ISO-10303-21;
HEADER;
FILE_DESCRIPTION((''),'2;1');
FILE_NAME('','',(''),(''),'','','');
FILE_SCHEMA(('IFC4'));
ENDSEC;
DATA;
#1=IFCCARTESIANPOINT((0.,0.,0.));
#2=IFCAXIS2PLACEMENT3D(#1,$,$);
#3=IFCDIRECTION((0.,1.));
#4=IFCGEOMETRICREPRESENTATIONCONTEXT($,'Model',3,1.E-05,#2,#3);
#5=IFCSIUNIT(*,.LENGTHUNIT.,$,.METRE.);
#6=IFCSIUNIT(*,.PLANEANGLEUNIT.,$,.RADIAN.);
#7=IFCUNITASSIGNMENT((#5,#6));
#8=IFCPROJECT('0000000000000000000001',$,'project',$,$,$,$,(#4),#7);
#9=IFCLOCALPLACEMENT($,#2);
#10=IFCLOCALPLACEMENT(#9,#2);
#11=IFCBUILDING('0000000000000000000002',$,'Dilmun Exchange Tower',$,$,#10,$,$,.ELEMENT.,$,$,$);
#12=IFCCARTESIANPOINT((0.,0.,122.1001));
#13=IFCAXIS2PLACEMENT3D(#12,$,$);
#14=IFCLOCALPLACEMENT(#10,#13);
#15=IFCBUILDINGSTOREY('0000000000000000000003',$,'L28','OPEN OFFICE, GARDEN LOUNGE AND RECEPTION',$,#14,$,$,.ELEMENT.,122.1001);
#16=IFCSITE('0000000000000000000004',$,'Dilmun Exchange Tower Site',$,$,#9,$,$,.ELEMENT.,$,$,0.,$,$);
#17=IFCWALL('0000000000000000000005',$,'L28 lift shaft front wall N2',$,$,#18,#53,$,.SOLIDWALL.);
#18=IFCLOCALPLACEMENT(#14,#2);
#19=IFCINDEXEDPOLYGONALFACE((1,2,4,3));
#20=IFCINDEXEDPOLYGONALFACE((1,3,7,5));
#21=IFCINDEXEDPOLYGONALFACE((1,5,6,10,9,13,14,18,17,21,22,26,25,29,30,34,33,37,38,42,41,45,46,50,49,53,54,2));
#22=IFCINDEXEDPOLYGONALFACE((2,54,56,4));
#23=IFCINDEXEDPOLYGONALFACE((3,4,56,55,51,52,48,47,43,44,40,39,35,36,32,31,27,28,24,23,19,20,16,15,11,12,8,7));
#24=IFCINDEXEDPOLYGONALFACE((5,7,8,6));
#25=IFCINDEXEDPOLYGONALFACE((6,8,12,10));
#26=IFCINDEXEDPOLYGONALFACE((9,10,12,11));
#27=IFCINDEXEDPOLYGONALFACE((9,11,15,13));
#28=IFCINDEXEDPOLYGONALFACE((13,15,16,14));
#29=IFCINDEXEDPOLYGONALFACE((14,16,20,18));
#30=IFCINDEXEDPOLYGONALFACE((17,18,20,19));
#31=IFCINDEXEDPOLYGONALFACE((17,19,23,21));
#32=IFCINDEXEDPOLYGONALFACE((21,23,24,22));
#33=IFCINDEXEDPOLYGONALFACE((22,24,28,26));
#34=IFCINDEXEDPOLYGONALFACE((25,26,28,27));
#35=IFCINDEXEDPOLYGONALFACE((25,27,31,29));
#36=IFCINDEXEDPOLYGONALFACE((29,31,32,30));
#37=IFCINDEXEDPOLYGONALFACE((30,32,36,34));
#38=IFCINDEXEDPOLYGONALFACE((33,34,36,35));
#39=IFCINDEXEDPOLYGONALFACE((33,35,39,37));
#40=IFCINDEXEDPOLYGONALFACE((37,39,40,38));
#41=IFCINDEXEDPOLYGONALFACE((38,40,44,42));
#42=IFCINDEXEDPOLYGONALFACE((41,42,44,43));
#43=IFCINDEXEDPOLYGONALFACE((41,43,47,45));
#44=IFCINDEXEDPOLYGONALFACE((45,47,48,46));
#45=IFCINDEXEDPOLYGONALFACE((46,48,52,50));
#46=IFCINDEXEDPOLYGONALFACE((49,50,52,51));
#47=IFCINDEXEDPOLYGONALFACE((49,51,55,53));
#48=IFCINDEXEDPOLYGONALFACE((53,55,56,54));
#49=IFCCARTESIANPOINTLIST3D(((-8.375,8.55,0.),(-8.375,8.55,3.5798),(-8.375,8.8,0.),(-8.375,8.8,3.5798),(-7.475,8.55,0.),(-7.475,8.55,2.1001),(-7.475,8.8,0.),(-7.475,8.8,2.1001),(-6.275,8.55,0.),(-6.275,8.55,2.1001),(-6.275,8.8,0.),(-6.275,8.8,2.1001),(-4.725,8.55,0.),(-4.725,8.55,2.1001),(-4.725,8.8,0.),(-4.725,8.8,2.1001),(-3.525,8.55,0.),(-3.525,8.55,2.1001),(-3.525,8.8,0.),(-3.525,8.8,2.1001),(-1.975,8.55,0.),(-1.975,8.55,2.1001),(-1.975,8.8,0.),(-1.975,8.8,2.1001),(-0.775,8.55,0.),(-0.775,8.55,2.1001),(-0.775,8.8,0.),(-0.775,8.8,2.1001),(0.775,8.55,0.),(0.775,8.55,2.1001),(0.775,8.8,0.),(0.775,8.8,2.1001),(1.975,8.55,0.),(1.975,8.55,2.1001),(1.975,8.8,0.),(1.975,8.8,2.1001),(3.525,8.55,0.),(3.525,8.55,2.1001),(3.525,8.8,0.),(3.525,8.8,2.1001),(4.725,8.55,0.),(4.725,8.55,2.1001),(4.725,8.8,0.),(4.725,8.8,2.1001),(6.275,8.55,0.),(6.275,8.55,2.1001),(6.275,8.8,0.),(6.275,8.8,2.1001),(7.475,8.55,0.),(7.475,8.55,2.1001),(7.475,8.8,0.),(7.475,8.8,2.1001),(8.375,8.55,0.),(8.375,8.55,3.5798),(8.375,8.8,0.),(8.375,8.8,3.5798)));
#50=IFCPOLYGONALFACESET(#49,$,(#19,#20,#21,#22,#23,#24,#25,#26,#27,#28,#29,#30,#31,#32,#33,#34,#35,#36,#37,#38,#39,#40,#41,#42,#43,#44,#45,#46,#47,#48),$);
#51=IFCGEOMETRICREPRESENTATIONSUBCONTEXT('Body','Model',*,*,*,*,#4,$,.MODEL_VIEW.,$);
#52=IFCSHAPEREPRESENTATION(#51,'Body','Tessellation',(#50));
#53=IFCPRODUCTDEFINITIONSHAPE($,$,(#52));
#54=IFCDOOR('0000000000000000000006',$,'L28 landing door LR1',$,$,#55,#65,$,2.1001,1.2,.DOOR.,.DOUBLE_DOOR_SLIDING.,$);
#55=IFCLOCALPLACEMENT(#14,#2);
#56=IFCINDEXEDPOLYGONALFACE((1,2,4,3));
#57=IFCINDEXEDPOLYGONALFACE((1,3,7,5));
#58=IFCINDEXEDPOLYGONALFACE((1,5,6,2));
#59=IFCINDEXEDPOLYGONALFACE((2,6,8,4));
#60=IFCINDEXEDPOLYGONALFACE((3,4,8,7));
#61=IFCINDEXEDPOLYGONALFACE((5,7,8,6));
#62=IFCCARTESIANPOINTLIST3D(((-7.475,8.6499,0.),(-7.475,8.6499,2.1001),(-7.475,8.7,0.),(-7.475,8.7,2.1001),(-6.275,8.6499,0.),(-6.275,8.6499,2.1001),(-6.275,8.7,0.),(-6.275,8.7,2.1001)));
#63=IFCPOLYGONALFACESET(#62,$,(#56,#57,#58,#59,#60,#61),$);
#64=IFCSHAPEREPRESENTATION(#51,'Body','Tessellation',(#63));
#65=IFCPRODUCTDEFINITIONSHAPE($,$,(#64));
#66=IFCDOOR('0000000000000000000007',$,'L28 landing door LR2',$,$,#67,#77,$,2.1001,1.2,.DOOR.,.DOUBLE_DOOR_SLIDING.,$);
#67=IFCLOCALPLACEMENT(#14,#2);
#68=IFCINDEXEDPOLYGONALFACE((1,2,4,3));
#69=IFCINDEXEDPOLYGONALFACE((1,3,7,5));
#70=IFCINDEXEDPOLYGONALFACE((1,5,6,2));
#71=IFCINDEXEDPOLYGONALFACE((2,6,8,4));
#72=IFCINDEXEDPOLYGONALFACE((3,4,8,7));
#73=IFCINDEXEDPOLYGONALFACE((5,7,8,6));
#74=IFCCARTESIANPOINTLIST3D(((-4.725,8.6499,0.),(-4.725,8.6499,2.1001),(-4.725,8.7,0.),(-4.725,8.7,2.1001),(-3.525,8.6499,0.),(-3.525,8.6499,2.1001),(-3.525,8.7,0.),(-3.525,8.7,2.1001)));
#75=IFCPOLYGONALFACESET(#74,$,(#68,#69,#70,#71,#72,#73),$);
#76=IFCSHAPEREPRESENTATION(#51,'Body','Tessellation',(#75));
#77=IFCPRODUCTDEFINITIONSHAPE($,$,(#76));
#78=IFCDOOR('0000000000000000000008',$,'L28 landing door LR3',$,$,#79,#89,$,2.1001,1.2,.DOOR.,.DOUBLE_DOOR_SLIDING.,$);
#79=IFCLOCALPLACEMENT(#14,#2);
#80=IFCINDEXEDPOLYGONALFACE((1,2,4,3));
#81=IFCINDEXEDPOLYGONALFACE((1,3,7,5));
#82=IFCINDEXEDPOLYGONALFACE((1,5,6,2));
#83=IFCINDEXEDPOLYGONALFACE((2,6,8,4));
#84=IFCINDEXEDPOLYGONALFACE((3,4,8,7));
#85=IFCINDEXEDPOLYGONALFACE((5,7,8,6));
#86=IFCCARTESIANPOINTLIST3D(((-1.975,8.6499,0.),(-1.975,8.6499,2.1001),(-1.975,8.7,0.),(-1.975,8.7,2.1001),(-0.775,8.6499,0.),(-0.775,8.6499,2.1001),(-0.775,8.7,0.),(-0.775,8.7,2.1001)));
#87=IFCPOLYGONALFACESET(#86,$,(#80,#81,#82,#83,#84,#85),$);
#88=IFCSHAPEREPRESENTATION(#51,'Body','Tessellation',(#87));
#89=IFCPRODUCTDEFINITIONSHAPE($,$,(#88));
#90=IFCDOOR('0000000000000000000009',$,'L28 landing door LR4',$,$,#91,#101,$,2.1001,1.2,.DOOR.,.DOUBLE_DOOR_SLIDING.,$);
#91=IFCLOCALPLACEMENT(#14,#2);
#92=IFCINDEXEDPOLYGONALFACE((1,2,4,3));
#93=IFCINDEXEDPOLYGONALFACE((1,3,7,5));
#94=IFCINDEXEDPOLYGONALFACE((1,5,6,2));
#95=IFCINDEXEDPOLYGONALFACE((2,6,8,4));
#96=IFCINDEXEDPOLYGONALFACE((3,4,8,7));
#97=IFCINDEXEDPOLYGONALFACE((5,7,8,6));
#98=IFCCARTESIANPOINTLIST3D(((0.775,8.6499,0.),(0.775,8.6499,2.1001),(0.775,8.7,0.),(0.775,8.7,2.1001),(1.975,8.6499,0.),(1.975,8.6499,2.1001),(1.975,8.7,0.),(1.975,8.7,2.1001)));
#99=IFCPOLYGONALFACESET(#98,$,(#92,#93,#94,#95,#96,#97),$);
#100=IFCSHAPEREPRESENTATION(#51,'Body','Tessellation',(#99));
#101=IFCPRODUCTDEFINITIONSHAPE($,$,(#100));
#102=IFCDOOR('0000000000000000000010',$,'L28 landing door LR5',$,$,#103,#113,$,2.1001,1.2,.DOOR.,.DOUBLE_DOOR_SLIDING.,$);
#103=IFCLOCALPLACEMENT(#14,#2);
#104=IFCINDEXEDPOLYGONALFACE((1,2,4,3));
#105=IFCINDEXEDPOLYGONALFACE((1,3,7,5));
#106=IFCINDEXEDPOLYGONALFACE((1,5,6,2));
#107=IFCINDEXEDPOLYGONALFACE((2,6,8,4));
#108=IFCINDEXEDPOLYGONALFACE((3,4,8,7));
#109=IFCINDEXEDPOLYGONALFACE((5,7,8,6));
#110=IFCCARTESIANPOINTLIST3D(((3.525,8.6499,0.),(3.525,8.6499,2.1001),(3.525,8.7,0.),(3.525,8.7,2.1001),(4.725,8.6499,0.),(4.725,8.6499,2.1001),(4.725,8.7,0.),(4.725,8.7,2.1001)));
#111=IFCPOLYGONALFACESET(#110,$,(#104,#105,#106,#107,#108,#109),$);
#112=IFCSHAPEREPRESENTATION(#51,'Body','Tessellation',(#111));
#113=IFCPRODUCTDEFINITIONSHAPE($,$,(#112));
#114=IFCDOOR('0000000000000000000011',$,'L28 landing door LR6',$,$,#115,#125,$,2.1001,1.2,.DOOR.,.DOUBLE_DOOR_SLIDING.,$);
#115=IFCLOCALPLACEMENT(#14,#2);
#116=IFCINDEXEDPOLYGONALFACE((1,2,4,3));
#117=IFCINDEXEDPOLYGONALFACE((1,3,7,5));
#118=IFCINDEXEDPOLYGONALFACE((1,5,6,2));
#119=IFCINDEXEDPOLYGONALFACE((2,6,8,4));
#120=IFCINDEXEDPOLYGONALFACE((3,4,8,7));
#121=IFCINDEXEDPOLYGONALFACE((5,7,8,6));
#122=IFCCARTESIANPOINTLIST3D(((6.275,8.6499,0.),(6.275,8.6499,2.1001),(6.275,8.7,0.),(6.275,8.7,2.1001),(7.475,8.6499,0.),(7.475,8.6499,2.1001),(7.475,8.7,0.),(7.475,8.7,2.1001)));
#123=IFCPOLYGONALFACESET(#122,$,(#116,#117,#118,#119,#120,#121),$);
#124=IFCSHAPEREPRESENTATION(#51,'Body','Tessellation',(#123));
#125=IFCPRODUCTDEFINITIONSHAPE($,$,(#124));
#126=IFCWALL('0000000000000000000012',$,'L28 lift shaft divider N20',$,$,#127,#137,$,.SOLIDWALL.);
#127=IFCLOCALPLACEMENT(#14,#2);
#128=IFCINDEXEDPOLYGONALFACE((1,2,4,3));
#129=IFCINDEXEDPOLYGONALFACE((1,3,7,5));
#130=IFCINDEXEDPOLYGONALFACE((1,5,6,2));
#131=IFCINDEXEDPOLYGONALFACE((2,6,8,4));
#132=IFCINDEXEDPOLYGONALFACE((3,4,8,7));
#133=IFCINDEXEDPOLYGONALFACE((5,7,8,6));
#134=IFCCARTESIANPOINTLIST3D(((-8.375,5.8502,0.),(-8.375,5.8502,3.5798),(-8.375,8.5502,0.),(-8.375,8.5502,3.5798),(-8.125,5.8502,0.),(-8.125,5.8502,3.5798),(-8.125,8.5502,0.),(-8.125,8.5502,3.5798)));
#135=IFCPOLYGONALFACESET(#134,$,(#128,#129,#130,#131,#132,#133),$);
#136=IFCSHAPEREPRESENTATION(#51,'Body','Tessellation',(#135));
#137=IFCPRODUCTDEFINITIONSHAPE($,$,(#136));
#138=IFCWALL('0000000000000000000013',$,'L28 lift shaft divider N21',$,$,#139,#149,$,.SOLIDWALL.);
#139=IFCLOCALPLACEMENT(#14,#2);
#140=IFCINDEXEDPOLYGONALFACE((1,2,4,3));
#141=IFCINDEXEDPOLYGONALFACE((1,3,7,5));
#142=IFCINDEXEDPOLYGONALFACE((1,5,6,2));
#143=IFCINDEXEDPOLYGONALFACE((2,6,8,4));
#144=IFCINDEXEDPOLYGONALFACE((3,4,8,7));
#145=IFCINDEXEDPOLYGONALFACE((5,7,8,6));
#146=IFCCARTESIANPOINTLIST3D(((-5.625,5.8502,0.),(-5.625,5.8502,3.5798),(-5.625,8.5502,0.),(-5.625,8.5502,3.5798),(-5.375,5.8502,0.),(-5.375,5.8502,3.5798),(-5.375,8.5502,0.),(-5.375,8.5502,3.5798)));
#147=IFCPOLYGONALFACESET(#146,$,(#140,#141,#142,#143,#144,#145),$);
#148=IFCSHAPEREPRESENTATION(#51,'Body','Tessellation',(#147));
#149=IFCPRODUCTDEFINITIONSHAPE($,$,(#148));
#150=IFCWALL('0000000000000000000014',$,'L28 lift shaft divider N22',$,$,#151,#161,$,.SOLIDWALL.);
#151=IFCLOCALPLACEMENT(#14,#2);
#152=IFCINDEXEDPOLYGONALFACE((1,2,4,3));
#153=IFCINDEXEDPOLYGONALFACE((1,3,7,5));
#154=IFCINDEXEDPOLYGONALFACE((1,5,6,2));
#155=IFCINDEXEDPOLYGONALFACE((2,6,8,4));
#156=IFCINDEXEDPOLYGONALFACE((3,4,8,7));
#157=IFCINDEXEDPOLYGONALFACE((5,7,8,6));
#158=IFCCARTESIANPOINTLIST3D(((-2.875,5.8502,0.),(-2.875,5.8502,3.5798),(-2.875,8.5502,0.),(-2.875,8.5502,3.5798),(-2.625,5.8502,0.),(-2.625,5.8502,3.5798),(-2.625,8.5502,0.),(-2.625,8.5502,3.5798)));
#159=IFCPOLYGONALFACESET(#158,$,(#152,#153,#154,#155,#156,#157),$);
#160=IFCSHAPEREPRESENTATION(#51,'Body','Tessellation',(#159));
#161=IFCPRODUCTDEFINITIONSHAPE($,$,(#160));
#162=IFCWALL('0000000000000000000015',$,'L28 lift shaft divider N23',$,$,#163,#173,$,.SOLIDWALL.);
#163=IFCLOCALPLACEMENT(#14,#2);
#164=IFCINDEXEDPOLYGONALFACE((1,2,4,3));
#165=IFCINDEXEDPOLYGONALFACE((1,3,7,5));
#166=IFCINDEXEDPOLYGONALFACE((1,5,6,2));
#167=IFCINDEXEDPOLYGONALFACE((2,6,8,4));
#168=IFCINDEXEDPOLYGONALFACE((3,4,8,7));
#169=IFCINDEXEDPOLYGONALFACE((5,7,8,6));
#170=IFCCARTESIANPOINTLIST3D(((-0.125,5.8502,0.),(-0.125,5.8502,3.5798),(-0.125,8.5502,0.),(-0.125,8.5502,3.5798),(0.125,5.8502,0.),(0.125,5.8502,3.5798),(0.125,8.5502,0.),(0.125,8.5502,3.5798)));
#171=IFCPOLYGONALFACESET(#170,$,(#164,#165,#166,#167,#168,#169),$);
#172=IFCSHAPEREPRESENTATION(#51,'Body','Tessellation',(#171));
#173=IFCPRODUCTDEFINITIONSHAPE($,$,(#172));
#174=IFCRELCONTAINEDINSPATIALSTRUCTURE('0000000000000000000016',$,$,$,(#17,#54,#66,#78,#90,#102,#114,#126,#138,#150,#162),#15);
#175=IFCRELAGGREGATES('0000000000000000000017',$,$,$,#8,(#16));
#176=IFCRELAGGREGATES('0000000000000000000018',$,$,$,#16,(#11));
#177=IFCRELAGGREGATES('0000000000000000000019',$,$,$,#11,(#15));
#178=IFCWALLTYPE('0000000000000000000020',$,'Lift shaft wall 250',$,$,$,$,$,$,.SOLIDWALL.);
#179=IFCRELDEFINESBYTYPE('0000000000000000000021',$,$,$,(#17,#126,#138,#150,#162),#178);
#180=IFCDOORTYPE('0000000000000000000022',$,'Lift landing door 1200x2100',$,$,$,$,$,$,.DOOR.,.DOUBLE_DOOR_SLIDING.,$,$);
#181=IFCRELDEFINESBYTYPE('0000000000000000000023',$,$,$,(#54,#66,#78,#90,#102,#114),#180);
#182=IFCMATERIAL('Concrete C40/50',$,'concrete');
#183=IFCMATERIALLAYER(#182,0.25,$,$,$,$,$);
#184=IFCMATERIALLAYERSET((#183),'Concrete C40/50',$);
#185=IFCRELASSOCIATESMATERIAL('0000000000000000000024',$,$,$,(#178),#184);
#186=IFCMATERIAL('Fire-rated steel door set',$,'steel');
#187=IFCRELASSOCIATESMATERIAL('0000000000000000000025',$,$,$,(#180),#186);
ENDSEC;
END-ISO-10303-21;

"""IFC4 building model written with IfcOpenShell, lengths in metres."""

from ifc_helpers import new_model, si_unit, direction, frame, frame_2d, origin, place, context, subcontext, project, spatial, rectangle, extrude, material, layer, layer_set, type_object, element, fill, save


model = new_model("IFC4")

# Units and contexts
model_context = context("Model", 3, precision=1e-05, world=origin(), true_north=direction((0.0, 1.0)))
body_context = subcontext(model_context, "Body", "Model", "MODEL_VIEW")
ifc_project = project(units=[si_unit("LENGTHUNIT", "METRE"), si_unit("PLANEANGLEUNIT", "RADIAN")], contexts=[model_context])

# Site, building, storey
site_placement = place(None, origin())
site = spatial("IfcSite", under=ifc_project, at=site_placement, Name="Dilmun Exchange Tower Site", CompositionType="ELEMENT", RefElevation=0.0)
building_placement = place(site_placement, origin())
building = spatial("IfcBuilding", under=site, at=building_placement, Name="Dilmun Exchange Tower", CompositionType="ELEMENT")
storey_placement = place(building_placement, frame((0.0, 0.0, 122.1001)))
storey = spatial("IfcBuildingStorey", under=building, at=storey_placement, Name="L28", Description="OPEN OFFICE, GARDEN LOUNGE AND RECEPTION", CompositionType="ELEMENT", Elevation=122.1001)

# Shared definitions
ifc_material_1 = material(Name="Concrete C40/50", Category="concrete")

# Shared definitions
ifc_material_2 = material(Name="Fire-rated steel door set", Category="steel")

# Wall, openings, doors
ifc_layer_1 = layer(ifc_material_1, 0.25)
ifc_layer_set_1 = layer_set([ifc_layer_1], Name="Concrete C40/50")
wall_type_1 = type_object("IfcWallType", Name="Lift shaft wall 250", PredefinedType="SOLIDWALL", material=ifc_layer_set_1)
wall_1_placement = place(storey_placement, frame((-8.375, 8.675, 0.0), z_axis=(0.0, 0.0, 1.0), x_axis=(1.0, 0.0, 0.0)))
wall_1 = element("IfcWall", 1, at=wall_1_placement, inside=storey, type_object=wall_type_1, Name="L28 lift shaft front wall N2", PredefinedType="SOLIDWALL", context=body_context, shape_type="SweptSolid", body=[
    extrude(rectangle(XDim=16.75, YDim=0.25, at=frame_2d((8.375, 0.0))), origin(), (0.0, 0.0, 1.0), 3.5798),
])
opening_1_placement = place(wall_1_placement, frame((0.8999, 0.0, 0.0)))
opening_1 = element("IfcOpeningElement", 2, at=opening_1_placement, cuts=wall_1, PredefinedType="OPENING", context=body_context, shape_type="SweptSolid", body=[
    extrude(rectangle(XDim=1.2, YDim=2.1001, at=frame_2d((0.6001, 1.05))), frame((0.0, 0.135, 0.0), z_axis=(0.0, -1.0, 0.0), x_axis=(1.0, 0.0, 0.0)), (0.0, 0.0, 1.0), 0.27),
])
opening_2_placement = place(wall_1_placement, frame((3.6499, 0.0, 0.0)))
opening_2 = element("IfcOpeningElement", 3, at=opening_2_placement, cuts=wall_1, PredefinedType="OPENING", context=body_context, shape_type="SweptSolid", body=[
    extrude(rectangle(XDim=1.2, YDim=2.1001, at=frame_2d((0.6001, 1.05))), frame((0.0, 0.135, 0.0), z_axis=(0.0, -1.0, 0.0), x_axis=(1.0, 0.0, 0.0)), (0.0, 0.0, 1.0), 0.27),
])
opening_3_placement = place(wall_1_placement, frame((6.3999, 0.0, 0.0)))
opening_3 = element("IfcOpeningElement", 4, at=opening_3_placement, cuts=wall_1, PredefinedType="OPENING", context=body_context, shape_type="SweptSolid", body=[
    extrude(rectangle(XDim=1.2, YDim=2.1001, at=frame_2d((0.6001, 1.05))), frame((0.0, 0.135, 0.0), z_axis=(0.0, -1.0, 0.0), x_axis=(1.0, 0.0, 0.0)), (0.0, 0.0, 1.0), 0.27),
])
opening_4_placement = place(wall_1_placement, frame((9.1499, 0.0, 0.0)))
opening_4 = element("IfcOpeningElement", 5, at=opening_4_placement, cuts=wall_1, PredefinedType="OPENING", context=body_context, shape_type="SweptSolid", body=[
    extrude(rectangle(XDim=1.2, YDim=2.1001, at=frame_2d((0.6001, 1.05))), frame((0.0, 0.135, 0.0), z_axis=(0.0, -1.0, 0.0), x_axis=(1.0, 0.0, 0.0)), (0.0, 0.0, 1.0), 0.27),
])
opening_5_placement = place(wall_1_placement, frame((11.8999, 0.0, 0.0)))
opening_5 = element("IfcOpeningElement", 6, at=opening_5_placement, cuts=wall_1, PredefinedType="OPENING", context=body_context, shape_type="SweptSolid", body=[
    extrude(rectangle(XDim=1.2, YDim=2.1001, at=frame_2d((0.6001, 1.05))), frame((0.0, 0.135, 0.0), z_axis=(0.0, -1.0, 0.0), x_axis=(1.0, 0.0, 0.0)), (0.0, 0.0, 1.0), 0.27),
])
opening_6_placement = place(wall_1_placement, frame((14.6499, 0.0, 0.0)))
opening_6 = element("IfcOpeningElement", 7, at=opening_6_placement, cuts=wall_1, PredefinedType="OPENING", context=body_context, shape_type="SweptSolid", body=[
    extrude(rectangle(XDim=1.2, YDim=2.1001, at=frame_2d((0.6001, 1.05))), frame((0.0, 0.135, 0.0), z_axis=(0.0, -1.0, 0.0), x_axis=(1.0, 0.0, 0.0)), (0.0, 0.0, 1.0), 0.27),
])
door_type_1 = type_object("IfcDoorType", Name="Lift landing door 1200x2100", OperationType="DOUBLE_DOOR_SLIDING", PredefinedType="DOOR", material=ifc_material_2)
door_1_placement = place(opening_1_placement, origin())
door_1 = element("IfcDoor", 8, at=door_1_placement, inside=storey, type_object=door_type_1, Name="L28 landing door LR1", OperationType="DOUBLE_DOOR_SLIDING", OverallHeight=2.1001, OverallWidth=1.2, PredefinedType="DOOR", context=body_context, shape_type="SweptSolid", body=[
    extrude(rectangle(XDim=1.2, YDim=2.1001, at=frame_2d((0.6001, 1.05))), frame((0.0, 0.0249, 0.0), z_axis=(0.0, -1.0, 0.0), x_axis=(1.0, 0.0, 0.0)), (0.0, 0.0, 1.0), 0.05),
])
fill(opening_1, door_1)
door_2_placement = place(opening_2_placement, origin())
door_2 = element("IfcDoor", 9, at=door_2_placement, inside=storey, type_object=door_type_1, Name="L28 landing door LR2", OperationType="DOUBLE_DOOR_SLIDING", OverallHeight=2.1001, OverallWidth=1.2, PredefinedType="DOOR", context=body_context, shape_type="SweptSolid", body=[
    extrude(rectangle(XDim=1.2, YDim=2.1001, at=frame_2d((0.6001, 1.05))), frame((0.0, 0.0249, 0.0), z_axis=(0.0, -1.0, 0.0), x_axis=(1.0, 0.0, 0.0)), (0.0, 0.0, 1.0), 0.05),
])
fill(opening_2, door_2)
door_3_placement = place(opening_3_placement, origin())
door_3 = element("IfcDoor", 10, at=door_3_placement, inside=storey, type_object=door_type_1, Name="L28 landing door LR3", OperationType="DOUBLE_DOOR_SLIDING", OverallHeight=2.1001, OverallWidth=1.2, PredefinedType="DOOR", context=body_context, shape_type="SweptSolid", body=[
    extrude(rectangle(XDim=1.2, YDim=2.1001, at=frame_2d((0.6001, 1.05))), frame((0.0, 0.0249, 0.0), z_axis=(0.0, -1.0, 0.0), x_axis=(1.0, 0.0, 0.0)), (0.0, 0.0, 1.0), 0.05),
])
fill(opening_3, door_3)
door_4_placement = place(opening_4_placement, origin())
door_4 = element("IfcDoor", 11, at=door_4_placement, inside=storey, type_object=door_type_1, Name="L28 landing door LR4", OperationType="DOUBLE_DOOR_SLIDING", OverallHeight=2.1001, OverallWidth=1.2, PredefinedType="DOOR", context=body_context, shape_type="SweptSolid", body=[
    extrude(rectangle(XDim=1.2, YDim=2.1001, at=frame_2d((0.6001, 1.05))), frame((0.0, 0.0249, 0.0), z_axis=(0.0, -1.0, 0.0), x_axis=(1.0, 0.0, 0.0)), (0.0, 0.0, 1.0), 0.05),
])
fill(opening_4, door_4)
door_5_placement = place(opening_5_placement, origin())
door_5 = element("IfcDoor", 12, at=door_5_placement, inside=storey, type_object=door_type_1, Name="L28 landing door LR5", OperationType="DOUBLE_DOOR_SLIDING", OverallHeight=2.1001, OverallWidth=1.2, PredefinedType="DOOR", context=body_context, shape_type="SweptSolid", body=[
    extrude(rectangle(XDim=1.2, YDim=2.1001, at=frame_2d((0.6001, 1.05))), frame((0.0, 0.0249, 0.0), z_axis=(0.0, -1.0, 0.0), x_axis=(1.0, 0.0, 0.0)), (0.0, 0.0, 1.0), 0.05),
])
fill(opening_5, door_5)
door_6_placement = place(opening_6_placement, origin())
door_6 = element("IfcDoor", 13, at=door_6_placement, inside=storey, type_object=door_type_1, Name="L28 landing door LR6", OperationType="DOUBLE_DOOR_SLIDING", OverallHeight=2.1001, OverallWidth=1.2, PredefinedType="DOOR", context=body_context, shape_type="SweptSolid", body=[
    extrude(rectangle(XDim=1.2, YDim=2.1001, at=frame_2d((0.6001, 1.05))), frame((0.0, 0.0249, 0.0), z_axis=(0.0, -1.0, 0.0), x_axis=(1.0, 0.0, 0.0)), (0.0, 0.0, 1.0), 0.05),
])
fill(opening_6, door_6)

# Walls
for number, where, z_axis, x_axis, name in (
    (14, (-8.25, 5.8501, 0.0), (0.0, 0.0, 1.0), (0.0, 1.0, 0.0), "L28 lift shaft divider N20"),
    (15, (-5.5, 5.8501, 0.0), (0.0, 0.0, 1.0), (0.0, 1.0, 0.0), "L28 lift shaft divider N21"),
    (16, (-2.75, 5.8501, 0.0), (0.0, 0.0, 1.0), (0.0, 1.0, 0.0), "L28 lift shaft divider N22"),
    (17, (0.0, 5.8501, 0.0), (0.0, 0.0, 1.0), (0.0, 1.0, 0.0), "L28 lift shaft divider N23"),
):
    element("IfcWall", number, at=place(storey_placement, frame(where, z_axis=z_axis, x_axis=x_axis)), inside=storey, type_object=wall_type_1, Name=name, PredefinedType="SOLIDWALL", context=body_context, shape_type="SweptSolid", body=[
        extrude(rectangle(XDim=2.7, YDim=0.25, at=frame_2d((1.3501, 0.0))), origin(), (0.0, 0.0, 1.0), 3.5798),
    ])

save(model, "model.ifc")
